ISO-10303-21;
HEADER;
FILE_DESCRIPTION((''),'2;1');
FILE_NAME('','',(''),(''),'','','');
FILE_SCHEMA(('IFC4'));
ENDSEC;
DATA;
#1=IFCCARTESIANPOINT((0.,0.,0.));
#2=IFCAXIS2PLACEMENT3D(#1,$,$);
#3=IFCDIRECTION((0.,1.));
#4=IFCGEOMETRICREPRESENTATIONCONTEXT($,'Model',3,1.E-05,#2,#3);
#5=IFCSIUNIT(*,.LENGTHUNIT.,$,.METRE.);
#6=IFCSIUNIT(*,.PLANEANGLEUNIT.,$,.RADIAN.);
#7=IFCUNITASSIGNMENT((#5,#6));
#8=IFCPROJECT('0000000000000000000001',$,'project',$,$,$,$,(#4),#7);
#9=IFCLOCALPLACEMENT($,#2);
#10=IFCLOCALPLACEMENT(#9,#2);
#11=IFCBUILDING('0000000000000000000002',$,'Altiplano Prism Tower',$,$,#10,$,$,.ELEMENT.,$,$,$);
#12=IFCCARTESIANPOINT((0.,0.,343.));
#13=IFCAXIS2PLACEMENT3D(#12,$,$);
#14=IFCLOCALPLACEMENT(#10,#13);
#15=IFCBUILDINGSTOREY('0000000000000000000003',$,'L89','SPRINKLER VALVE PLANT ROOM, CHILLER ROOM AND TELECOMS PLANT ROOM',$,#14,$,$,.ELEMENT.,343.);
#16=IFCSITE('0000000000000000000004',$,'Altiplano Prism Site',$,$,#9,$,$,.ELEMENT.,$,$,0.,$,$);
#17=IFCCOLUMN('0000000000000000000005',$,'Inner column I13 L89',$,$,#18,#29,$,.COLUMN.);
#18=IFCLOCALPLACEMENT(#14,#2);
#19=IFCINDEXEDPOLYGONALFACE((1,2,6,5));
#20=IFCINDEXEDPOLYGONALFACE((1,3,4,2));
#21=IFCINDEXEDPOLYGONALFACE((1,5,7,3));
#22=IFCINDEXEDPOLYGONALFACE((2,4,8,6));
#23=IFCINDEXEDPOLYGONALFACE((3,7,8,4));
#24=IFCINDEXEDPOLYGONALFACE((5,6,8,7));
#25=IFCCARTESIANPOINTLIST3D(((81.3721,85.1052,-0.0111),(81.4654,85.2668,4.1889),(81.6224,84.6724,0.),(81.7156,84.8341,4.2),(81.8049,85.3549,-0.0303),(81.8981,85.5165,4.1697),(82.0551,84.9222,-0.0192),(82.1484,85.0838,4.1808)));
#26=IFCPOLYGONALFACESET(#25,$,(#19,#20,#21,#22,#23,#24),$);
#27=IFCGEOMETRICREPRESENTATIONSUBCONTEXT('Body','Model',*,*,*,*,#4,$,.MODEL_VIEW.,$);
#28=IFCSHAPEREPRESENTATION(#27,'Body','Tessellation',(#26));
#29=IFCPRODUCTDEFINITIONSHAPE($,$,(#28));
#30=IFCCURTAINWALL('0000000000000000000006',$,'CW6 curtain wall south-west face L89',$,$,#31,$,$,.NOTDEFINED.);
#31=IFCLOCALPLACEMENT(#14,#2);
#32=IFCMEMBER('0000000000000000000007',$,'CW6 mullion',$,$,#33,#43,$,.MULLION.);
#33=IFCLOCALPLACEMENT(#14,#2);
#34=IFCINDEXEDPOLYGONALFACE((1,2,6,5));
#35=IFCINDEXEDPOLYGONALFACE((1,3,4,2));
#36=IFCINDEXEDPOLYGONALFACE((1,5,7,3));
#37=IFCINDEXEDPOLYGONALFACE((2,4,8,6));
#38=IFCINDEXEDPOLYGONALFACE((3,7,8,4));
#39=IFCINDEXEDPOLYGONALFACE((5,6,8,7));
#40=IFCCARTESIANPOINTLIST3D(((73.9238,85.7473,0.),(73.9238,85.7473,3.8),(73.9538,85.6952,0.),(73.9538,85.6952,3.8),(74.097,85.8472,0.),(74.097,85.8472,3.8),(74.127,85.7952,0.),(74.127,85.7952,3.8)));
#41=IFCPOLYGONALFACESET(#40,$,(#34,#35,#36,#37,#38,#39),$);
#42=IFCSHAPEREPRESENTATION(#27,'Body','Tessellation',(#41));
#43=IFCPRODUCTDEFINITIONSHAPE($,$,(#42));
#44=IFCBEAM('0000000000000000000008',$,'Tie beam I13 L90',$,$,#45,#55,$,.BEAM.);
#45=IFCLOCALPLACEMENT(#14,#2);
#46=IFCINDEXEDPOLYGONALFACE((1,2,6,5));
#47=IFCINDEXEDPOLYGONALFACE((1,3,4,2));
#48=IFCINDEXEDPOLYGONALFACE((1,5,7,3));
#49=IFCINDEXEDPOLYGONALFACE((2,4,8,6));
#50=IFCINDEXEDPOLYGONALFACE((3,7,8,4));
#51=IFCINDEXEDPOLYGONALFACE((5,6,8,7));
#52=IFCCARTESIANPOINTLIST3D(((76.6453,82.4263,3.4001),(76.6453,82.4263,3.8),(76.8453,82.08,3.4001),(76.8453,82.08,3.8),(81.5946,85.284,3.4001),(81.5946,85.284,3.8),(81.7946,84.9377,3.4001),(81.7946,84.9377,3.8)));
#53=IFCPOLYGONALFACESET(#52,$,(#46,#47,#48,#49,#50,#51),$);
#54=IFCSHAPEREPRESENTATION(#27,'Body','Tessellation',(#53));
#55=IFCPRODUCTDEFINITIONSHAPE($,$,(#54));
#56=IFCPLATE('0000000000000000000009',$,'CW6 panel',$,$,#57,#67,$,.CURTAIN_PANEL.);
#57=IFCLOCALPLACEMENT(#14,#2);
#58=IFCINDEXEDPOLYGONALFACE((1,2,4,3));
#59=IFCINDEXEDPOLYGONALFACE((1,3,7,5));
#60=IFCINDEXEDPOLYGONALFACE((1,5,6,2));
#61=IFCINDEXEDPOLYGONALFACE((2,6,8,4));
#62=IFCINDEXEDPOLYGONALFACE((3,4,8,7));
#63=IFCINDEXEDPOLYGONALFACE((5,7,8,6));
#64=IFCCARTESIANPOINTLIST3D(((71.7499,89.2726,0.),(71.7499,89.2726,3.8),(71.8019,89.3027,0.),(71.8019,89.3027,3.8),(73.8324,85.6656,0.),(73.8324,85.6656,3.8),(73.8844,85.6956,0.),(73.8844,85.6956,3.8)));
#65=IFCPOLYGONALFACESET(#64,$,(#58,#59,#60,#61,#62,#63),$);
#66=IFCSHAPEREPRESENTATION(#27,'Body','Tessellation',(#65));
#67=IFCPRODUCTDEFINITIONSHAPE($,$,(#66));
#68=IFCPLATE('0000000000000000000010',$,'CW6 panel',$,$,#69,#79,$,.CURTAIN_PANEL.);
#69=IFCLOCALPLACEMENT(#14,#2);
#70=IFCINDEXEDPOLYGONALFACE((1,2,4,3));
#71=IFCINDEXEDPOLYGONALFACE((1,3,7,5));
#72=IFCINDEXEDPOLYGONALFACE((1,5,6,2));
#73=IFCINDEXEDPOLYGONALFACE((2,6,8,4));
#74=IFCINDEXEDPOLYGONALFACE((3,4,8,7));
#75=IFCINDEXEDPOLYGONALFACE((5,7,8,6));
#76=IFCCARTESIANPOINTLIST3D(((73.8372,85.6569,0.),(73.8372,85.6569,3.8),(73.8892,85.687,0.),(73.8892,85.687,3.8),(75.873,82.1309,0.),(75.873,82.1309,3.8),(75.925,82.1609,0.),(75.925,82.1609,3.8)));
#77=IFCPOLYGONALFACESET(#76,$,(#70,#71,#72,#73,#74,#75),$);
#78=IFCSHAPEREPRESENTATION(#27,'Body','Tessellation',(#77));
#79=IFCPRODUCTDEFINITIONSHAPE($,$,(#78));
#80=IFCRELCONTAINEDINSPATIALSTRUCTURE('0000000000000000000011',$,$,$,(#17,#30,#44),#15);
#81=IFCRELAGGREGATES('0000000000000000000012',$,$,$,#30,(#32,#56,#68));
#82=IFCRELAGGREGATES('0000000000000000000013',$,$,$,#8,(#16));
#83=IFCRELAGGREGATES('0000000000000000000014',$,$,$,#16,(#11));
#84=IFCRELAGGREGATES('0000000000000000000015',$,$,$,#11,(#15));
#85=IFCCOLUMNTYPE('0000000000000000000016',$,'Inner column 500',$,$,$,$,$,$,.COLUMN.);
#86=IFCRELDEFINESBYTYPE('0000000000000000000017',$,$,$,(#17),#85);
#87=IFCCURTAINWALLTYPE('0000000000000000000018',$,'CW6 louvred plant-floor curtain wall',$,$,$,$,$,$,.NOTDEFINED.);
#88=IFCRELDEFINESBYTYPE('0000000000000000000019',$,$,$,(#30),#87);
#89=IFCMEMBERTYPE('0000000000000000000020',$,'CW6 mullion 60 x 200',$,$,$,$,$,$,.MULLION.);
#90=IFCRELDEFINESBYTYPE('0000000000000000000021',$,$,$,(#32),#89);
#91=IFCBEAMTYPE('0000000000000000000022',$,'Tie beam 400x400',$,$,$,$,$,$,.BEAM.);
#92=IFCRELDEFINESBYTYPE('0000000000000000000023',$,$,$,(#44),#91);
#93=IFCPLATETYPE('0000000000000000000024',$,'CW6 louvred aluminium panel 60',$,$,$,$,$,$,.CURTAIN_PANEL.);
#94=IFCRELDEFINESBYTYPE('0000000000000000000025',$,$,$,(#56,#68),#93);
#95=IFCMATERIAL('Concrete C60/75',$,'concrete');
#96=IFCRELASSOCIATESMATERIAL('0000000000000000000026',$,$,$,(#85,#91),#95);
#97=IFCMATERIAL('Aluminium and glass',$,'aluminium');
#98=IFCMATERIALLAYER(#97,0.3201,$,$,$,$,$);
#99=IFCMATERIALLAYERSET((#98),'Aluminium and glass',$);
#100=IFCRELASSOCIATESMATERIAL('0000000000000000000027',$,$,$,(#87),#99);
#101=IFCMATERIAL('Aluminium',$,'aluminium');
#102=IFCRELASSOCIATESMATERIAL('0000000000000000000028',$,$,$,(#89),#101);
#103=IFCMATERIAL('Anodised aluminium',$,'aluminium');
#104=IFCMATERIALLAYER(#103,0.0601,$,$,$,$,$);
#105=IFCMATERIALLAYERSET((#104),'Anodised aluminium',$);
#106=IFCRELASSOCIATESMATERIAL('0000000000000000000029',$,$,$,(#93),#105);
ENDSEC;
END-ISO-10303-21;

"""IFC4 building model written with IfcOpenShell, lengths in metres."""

from ifc_helpers import new_model, si_unit, direction, frame, origin, origin_2d, place, context, subcontext, project, spatial, rectangle, extrude, material, layer, layer_set, material_profile, profile_set, type_object, element, aggregate, save


model = new_model("IFC4")

# Units and contexts
model_context = context("Model", 3, precision=1e-05, world=origin(), true_north=direction((0.0, 1.0)))
body_context = subcontext(model_context, "Body", "Model", "MODEL_VIEW")
ifc_project = project(units=[si_unit("LENGTHUNIT", "METRE"), si_unit("PLANEANGLEUNIT", "RADIAN")], contexts=[model_context])

# Site, building, storey
site_placement = place(None, origin())
site = spatial("IfcSite", under=ifc_project, at=site_placement, Name="Altiplano Prism Site", CompositionType="ELEMENT", RefElevation=0.0)
building_placement = place(site_placement, origin())
building = spatial("IfcBuilding", under=site, at=building_placement, Name="Altiplano Prism Tower", CompositionType="ELEMENT")
storey_placement = place(building_placement, frame((0.0, 0.0, 343.0)))
storey = spatial("IfcBuildingStorey", under=building, at=storey_placement, Name="L89", Description="SPRINKLER VALVE PLANT ROOM, CHILLER ROOM AND TELECOMS PLANT ROOM", CompositionType="ELEMENT", Elevation=343.0)

# Column
ifc_material_1 = material(Name="Concrete C60/75", Category="concrete")
ifc_material_profile_1 = material_profile(ifc_material_1, rectangle(XDim=0.5, YDim=0.5, at=origin_2d()), Name="Inner column 500")
ifc_profile_set_1 = profile_set([ifc_material_profile_1], Name="Concrete C60/75")
column_type = type_object("IfcColumnType", Name="Inner column 500", PredefinedType="COLUMN", material=ifc_profile_set_1)
column_placement = place(storey_placement, frame((81.7136, 85.0137, -0.0151), z_axis=(0.022184, 0.038444, 0.999014), x_axis=(-0.865482, -0.499464, 0.038439)))
element("IfcColumn", 1, at=column_placement, inside=storey, type_object=column_type, Name="Inner column I13 L89", PredefinedType="COLUMN", context=body_context, shape_type="SweptSolid", body=[
    extrude(rectangle(XDim=0.5, YDim=0.5, at=origin_2d()), origin(), (0.0, 0.0, 1.0), 4.2041),
])

# Curtain wall, member
ifc_material_2 = material(Name="Aluminium and glass", Category="aluminium")
ifc_layer_1 = layer(ifc_material_2, 0.3201)
ifc_layer_set_1 = layer_set([ifc_layer_1], Name="Aluminium and glass")
curtain_wall_type = type_object("IfcCurtainWallType", Name="CW6 louvred plant-floor curtain wall", PredefinedType="NOTDEFINED", material=ifc_layer_set_1)
curtain_wall_placement = place(storey_placement, origin())
curtain_wall = element("IfcCurtainWall", 2, at=curtain_wall_placement, inside=storey, type_object=curtain_wall_type, Name="CW6 curtain wall south-west face L89", PredefinedType="NOTDEFINED")
ifc_material_3 = material(Name="Aluminium", Category="aluminium")
ifc_material_profile_2 = material_profile(ifc_material_3, rectangle(XDim=0.2, YDim=0.0601, at=origin_2d()), Name="CW6 mullion 60 x 200")
ifc_profile_set_2 = profile_set([ifc_material_profile_2], Name="Aluminium")
member_type = type_object("IfcMemberType", Name="CW6 mullion 60 x 200", PredefinedType="MULLION", material=ifc_profile_set_2)
member_placement = place(storey_placement, frame((74.0254, 85.7712, 0.0), z_axis=(0.0, 0.0, 1.0), x_axis=(0.866025, 0.5, 0.0)))
member = element("IfcMember", 3, at=member_placement, type_object=member_type, Name="CW6 mullion", PredefinedType="MULLION", context=body_context, shape_type="SweptSolid", body=[
    extrude(rectangle(XDim=0.2, YDim=0.0601, at=origin_2d()), origin(), (0.0, 0.0, 1.0), 3.8),
])

# Beam
ifc_material_profile_3 = material_profile(ifc_material_1, rectangle(XDim=0.3999, YDim=0.3999, at=origin_2d()), Name="Tie beam 400x400")
ifc_profile_set_3 = profile_set([ifc_material_profile_3], Name="Concrete C60/75")
beam_type = type_object("IfcBeamType", Name="Tie beam 400x400", PredefinedType="BEAM", material=ifc_profile_set_3)
beam_placement = place(storey_placement, frame((81.6946, 85.1108, 3.6001), z_axis=(-0.866008, -0.500031, 0.0), x_axis=(0.500031, -0.866008, 0.0)))
element("IfcBeam", 4, at=beam_placement, inside=storey, type_object=beam_type, Name="Tie beam I13 L90", PredefinedType="BEAM", context=body_context, shape_type="SweptSolid", body=[
    extrude(rectangle(XDim=0.3999, YDim=0.3999, at=origin_2d()), origin(), (0.0, 0.0, 1.0), 5.7151),
])

# Plates
ifc_material_4 = material(Name="Anodised aluminium", Category="aluminium")
ifc_layer_2 = layer(ifc_material_4, 0.0601)
ifc_layer_set_2 = layer_set([ifc_layer_2], Name="Anodised aluminium")
plate_type = type_object("IfcPlateType", Name="CW6 louvred aluminium panel 60", PredefinedType="CURTAIN_PANEL", material=ifc_layer_set_2)
plate_1_placement = place(storey_placement, frame((72.8171, 87.4841, 0.0), z_axis=(0.0, 0.0, 1.0), x_axis=(0.5, -0.866025, 0.0)))
plate_1 = element("IfcPlate", 5, at=plate_1_placement, type_object=plate_type, Name="CW6 panel", PredefinedType="CURTAIN_PANEL", context=body_context, shape_type="SweptSolid", body=[
    extrude(rectangle(XDim=4.165, YDim=0.0601, at=origin_2d()), origin(), (0.0, 0.0, 1.0), 3.8),
])
plate_2_placement = place(storey_placement, frame((74.8811, 83.9089, 0.0), z_axis=(0.0, 0.0, 1.0), x_axis=(0.5, -0.866025, 0.0)))
plate_2 = element("IfcPlate", 6, at=plate_2_placement, type_object=plate_type, Name="CW6 panel", PredefinedType="CURTAIN_PANEL", context=body_context, shape_type="SweptSolid", body=[
    extrude(rectangle(XDim=4.0715, YDim=0.0601, at=origin_2d()), origin(), (0.0, 0.0, 1.0), 3.8),
])
aggregate(curtain_wall, [member, plate_1, plate_2])

save(model, "model.ifc")
